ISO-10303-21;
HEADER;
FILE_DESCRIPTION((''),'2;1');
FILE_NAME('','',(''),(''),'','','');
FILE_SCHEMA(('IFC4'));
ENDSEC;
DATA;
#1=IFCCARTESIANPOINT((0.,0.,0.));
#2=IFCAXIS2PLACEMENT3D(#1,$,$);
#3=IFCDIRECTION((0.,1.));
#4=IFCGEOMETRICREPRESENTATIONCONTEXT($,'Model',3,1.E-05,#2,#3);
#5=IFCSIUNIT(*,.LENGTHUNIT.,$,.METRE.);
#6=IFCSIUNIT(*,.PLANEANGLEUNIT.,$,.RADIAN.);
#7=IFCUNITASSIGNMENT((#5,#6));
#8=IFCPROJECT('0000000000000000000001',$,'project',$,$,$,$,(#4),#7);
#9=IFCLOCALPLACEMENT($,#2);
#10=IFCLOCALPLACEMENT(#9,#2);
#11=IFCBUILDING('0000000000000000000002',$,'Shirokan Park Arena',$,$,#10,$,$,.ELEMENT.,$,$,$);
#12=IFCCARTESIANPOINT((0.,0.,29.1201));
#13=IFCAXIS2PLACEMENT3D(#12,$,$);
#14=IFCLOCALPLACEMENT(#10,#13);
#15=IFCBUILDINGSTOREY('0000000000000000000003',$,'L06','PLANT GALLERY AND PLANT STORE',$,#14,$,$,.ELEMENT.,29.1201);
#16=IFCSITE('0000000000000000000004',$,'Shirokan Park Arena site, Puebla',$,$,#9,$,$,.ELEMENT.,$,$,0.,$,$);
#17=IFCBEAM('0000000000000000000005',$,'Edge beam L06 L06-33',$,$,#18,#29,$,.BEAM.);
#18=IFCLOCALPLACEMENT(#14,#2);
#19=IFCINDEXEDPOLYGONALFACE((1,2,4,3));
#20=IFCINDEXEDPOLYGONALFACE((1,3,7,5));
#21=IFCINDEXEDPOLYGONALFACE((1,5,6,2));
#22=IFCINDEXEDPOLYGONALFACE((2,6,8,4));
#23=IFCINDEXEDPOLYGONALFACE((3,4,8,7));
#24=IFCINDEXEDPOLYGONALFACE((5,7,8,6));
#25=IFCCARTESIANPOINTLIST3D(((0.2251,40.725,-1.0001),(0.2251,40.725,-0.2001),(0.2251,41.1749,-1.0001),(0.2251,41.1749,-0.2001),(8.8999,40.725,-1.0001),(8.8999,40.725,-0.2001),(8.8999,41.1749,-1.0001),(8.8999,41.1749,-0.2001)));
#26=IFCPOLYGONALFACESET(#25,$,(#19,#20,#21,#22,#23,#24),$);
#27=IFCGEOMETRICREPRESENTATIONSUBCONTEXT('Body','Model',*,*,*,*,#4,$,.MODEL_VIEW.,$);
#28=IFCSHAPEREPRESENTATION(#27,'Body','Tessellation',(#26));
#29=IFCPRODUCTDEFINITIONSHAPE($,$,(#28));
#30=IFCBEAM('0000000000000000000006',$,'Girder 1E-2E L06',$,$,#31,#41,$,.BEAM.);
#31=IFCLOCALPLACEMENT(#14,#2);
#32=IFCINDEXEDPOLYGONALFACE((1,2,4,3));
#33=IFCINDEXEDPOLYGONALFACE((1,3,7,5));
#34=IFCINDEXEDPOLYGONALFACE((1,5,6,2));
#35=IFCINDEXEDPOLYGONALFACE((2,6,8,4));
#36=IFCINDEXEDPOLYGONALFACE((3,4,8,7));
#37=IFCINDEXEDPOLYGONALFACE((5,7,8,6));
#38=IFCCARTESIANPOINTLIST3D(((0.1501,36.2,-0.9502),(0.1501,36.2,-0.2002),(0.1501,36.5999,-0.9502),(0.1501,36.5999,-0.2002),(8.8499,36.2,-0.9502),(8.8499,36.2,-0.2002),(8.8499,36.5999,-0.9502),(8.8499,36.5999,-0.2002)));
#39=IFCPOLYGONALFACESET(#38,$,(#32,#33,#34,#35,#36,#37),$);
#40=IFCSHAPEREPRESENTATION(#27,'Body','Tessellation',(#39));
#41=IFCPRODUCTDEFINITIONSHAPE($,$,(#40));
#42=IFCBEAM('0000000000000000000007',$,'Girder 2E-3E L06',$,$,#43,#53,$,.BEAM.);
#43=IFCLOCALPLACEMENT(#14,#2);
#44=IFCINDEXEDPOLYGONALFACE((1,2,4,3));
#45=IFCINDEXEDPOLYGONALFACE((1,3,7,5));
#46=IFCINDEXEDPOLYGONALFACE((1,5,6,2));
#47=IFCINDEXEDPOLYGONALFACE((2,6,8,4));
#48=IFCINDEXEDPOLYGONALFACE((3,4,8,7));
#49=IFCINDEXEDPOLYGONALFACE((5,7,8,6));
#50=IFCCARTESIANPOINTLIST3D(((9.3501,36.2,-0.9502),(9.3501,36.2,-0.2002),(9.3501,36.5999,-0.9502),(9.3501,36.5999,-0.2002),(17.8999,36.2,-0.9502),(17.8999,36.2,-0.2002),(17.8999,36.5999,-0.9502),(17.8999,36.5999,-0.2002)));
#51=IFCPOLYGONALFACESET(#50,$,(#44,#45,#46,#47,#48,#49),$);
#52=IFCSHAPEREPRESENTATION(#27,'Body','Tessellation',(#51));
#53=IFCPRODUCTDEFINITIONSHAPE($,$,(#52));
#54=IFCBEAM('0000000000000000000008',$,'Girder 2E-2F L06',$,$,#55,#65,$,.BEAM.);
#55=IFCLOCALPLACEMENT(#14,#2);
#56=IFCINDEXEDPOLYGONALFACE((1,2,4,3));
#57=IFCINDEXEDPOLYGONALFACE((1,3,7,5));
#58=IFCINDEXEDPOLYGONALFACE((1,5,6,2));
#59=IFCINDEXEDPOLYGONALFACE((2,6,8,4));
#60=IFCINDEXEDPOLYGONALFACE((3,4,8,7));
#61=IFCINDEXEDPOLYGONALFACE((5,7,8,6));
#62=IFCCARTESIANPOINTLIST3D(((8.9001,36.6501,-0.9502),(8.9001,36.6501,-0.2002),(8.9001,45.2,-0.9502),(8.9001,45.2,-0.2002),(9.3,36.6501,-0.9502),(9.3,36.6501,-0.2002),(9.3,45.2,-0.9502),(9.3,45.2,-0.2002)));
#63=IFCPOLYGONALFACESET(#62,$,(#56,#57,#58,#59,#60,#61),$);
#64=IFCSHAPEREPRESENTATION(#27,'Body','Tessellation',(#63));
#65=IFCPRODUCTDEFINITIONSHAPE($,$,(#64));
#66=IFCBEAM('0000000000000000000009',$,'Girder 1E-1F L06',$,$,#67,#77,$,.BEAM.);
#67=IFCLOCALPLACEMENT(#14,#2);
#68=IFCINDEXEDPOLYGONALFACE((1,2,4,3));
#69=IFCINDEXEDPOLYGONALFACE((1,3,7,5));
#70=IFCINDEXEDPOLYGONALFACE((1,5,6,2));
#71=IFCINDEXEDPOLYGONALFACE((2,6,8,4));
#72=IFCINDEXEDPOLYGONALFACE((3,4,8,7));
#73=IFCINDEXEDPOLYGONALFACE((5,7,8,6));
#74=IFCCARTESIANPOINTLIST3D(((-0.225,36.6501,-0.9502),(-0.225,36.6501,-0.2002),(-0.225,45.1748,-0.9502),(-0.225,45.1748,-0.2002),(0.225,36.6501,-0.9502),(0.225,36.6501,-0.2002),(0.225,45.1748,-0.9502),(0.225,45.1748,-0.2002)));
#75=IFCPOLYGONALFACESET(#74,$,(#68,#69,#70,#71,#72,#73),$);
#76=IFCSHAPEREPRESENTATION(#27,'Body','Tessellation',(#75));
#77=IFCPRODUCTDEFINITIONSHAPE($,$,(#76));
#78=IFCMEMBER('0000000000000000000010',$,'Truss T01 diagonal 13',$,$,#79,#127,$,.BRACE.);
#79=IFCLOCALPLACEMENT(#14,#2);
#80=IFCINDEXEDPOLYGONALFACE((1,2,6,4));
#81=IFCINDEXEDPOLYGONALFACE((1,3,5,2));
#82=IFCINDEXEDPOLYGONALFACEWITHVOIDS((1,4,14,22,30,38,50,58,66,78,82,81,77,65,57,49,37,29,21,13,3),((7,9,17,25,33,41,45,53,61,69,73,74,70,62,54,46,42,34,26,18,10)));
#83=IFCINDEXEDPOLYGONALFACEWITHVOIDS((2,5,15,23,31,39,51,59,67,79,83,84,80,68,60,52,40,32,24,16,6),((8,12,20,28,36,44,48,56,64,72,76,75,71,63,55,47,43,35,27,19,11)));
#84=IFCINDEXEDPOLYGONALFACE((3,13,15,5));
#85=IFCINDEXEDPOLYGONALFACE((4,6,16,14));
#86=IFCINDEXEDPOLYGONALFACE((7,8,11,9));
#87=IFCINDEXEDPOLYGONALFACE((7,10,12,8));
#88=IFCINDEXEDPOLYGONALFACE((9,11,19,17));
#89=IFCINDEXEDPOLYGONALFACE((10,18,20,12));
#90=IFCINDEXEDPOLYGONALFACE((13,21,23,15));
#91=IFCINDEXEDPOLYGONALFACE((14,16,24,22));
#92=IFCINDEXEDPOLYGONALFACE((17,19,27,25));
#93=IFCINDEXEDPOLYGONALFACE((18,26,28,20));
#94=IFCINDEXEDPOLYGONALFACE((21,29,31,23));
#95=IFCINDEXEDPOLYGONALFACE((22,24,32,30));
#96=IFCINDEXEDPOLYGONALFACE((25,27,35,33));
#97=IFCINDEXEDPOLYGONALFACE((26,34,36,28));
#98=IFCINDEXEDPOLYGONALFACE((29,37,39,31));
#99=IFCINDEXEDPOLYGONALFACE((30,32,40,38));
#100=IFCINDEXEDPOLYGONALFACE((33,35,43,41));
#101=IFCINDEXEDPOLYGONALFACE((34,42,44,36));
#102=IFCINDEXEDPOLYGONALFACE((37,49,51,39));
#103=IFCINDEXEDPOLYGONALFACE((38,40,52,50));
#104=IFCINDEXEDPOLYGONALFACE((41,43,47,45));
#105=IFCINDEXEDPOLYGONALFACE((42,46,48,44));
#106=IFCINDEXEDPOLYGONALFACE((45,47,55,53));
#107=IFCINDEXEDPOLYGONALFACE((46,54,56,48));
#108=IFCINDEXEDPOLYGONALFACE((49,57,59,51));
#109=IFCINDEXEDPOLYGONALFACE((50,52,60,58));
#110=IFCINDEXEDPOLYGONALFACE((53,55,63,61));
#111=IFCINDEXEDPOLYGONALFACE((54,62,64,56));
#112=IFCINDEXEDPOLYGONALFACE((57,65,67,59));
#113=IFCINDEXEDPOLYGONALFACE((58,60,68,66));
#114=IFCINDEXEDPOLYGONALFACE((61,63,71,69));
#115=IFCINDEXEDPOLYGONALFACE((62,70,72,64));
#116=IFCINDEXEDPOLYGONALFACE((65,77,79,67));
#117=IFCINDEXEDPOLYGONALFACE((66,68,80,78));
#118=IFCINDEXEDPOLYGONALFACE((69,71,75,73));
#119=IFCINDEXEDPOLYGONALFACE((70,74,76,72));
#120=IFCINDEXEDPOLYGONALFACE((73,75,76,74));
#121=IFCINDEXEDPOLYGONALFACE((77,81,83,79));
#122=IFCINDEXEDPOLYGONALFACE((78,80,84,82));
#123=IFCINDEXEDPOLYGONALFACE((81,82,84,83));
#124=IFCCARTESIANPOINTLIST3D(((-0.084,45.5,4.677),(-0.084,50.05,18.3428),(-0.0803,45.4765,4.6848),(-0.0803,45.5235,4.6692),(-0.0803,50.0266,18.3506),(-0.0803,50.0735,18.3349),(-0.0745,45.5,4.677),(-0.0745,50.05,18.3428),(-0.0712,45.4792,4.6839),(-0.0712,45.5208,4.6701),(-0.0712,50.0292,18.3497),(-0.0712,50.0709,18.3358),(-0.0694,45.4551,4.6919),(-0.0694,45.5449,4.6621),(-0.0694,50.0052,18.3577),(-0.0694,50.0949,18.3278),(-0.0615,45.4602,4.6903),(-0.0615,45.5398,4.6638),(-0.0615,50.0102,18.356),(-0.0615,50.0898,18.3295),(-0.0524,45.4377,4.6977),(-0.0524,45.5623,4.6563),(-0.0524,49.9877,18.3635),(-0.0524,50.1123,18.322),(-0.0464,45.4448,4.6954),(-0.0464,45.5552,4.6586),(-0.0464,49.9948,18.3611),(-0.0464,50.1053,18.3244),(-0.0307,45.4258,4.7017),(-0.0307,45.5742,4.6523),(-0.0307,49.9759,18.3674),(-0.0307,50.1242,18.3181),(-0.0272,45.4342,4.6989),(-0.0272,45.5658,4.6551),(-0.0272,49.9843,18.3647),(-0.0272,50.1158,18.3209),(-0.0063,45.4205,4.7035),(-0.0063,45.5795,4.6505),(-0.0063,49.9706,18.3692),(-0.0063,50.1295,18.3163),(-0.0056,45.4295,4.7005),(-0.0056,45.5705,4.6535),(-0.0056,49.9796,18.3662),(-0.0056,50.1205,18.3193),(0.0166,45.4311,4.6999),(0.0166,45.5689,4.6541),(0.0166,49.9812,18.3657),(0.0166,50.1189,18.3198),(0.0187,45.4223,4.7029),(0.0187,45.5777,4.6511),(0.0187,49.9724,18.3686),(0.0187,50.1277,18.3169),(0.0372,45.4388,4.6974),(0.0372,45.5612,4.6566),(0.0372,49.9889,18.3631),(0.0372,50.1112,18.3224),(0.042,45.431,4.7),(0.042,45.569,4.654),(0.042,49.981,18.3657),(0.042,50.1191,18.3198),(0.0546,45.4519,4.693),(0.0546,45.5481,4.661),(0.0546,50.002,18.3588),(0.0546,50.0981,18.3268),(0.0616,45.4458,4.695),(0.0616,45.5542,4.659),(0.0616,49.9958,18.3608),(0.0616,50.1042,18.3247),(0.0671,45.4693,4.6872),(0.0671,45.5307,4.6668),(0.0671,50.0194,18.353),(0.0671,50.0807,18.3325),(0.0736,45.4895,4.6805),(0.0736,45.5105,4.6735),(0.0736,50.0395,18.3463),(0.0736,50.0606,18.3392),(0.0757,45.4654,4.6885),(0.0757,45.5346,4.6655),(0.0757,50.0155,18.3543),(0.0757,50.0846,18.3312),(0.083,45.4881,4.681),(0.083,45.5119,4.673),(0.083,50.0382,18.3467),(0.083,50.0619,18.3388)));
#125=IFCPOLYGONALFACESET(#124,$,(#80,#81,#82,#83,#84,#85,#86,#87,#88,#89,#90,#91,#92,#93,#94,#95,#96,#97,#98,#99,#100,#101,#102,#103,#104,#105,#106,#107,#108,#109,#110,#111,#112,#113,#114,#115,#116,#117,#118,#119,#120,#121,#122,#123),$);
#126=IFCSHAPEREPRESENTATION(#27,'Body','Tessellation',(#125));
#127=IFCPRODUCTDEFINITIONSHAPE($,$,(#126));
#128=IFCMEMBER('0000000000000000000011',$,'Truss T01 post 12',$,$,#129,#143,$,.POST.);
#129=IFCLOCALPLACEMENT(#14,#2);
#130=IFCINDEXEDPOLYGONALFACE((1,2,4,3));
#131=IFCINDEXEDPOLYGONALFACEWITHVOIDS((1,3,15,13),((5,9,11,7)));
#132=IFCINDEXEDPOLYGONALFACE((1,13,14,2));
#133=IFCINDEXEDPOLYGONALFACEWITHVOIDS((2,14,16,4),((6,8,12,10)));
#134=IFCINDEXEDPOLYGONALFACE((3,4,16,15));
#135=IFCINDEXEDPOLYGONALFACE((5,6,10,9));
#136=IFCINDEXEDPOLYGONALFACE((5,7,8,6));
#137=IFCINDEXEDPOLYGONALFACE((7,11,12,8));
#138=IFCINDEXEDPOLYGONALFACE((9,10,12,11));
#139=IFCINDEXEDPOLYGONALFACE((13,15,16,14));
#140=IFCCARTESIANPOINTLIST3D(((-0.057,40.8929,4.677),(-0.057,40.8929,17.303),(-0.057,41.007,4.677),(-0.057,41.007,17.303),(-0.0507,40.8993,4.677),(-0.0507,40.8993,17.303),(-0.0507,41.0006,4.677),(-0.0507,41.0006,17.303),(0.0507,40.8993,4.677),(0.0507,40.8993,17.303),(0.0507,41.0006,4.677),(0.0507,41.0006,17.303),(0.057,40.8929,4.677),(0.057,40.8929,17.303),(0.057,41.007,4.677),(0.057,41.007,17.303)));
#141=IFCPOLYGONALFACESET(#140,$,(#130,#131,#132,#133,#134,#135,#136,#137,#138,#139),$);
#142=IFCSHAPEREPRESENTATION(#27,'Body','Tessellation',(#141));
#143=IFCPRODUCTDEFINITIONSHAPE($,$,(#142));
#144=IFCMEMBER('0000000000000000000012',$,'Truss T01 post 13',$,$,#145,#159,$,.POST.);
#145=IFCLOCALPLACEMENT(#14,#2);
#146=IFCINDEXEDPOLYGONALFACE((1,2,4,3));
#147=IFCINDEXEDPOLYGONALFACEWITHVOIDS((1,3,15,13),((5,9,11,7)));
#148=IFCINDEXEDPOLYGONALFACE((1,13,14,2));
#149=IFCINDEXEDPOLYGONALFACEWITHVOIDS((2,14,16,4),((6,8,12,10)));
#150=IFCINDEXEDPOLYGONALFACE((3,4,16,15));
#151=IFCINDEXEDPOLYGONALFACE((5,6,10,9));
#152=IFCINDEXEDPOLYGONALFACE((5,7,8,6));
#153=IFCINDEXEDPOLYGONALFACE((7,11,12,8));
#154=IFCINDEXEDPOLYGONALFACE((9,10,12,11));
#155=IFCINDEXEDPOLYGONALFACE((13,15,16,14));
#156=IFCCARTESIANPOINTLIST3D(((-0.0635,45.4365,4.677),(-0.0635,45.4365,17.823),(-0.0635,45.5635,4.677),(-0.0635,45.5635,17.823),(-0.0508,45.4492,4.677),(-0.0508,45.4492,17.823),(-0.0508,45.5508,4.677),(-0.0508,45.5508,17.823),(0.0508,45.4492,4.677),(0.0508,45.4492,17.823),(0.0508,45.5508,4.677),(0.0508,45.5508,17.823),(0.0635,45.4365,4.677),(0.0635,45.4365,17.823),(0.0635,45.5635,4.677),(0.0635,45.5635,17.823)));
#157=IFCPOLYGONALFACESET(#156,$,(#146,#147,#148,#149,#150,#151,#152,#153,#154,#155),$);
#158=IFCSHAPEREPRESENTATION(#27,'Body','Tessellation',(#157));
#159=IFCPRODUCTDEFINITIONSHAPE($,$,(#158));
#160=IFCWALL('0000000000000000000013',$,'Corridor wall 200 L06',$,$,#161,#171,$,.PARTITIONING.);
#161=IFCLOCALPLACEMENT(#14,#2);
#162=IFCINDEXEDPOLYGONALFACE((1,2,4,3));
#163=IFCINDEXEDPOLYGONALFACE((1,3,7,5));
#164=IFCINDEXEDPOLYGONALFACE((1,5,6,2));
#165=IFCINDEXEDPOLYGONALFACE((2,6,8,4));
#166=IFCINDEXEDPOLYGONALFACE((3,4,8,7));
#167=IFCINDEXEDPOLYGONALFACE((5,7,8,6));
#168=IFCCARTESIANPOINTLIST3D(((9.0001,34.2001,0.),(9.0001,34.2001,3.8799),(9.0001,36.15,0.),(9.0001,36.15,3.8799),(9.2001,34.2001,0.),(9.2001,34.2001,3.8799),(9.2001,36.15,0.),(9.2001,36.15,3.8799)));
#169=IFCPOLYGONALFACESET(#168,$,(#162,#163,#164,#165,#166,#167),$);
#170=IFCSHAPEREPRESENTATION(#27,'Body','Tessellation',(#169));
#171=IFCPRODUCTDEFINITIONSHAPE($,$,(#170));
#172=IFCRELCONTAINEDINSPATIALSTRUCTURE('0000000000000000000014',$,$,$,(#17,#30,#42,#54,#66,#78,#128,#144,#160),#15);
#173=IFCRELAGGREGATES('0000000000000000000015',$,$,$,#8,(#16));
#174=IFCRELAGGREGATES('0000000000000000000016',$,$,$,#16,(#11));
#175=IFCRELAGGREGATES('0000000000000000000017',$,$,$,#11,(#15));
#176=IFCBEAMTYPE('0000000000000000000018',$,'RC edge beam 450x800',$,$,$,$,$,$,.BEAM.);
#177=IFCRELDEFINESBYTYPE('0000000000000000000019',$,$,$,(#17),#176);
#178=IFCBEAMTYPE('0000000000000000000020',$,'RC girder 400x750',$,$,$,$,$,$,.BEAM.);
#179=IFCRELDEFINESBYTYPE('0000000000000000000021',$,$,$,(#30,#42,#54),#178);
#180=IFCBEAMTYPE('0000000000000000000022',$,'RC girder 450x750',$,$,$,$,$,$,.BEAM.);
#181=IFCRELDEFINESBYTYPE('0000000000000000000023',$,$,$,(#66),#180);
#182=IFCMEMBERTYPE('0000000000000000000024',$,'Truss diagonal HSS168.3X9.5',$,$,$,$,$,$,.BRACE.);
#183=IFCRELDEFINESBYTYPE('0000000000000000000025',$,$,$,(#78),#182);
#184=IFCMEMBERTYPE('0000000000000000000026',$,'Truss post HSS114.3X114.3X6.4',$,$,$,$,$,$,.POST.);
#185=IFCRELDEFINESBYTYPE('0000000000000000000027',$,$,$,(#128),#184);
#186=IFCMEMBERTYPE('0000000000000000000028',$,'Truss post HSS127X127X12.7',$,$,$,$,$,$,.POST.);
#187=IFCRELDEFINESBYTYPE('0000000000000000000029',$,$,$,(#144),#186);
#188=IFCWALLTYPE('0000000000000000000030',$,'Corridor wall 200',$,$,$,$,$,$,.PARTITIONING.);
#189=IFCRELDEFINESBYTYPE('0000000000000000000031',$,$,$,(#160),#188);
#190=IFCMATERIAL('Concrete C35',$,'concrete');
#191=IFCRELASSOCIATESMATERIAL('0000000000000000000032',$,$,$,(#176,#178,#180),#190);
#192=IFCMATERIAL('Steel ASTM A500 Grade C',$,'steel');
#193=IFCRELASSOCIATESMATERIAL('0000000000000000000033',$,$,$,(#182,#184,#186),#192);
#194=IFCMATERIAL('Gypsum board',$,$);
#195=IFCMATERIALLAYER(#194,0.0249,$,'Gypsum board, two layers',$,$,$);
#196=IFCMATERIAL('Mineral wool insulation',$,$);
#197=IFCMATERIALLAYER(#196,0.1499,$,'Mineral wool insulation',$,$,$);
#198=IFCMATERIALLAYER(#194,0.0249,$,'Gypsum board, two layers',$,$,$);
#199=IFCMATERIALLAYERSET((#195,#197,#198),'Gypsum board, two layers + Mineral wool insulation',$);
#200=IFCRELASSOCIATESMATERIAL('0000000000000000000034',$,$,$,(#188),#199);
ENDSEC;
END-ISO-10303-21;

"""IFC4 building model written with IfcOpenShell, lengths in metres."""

from ifc_helpers import new_model, si_unit, direction, frame, frame_2d, origin, origin_2d, place, context, subcontext, project, spatial, rectangle, hollow_rectangle, hollow_circle, extrude, material, layer, layer_set, material_profile, profile_set, type_object, element, save


model = new_model("IFC4")

# Units and contexts
model_context = context("Model", 3, precision=1e-05, world=origin(), true_north=direction((0.0, 1.0)))
body_context = subcontext(model_context, "Body", "Model", "MODEL_VIEW")
ifc_project = project(units=[si_unit("LENGTHUNIT", "METRE"), si_unit("PLANEANGLEUNIT", "RADIAN")], contexts=[model_context])

# Site, building, storey
site_placement = place(None, origin())
site = spatial("IfcSite", under=ifc_project, at=site_placement, Name="Shirokan Park Arena site, Puebla", CompositionType="ELEMENT", RefElevation=0.0)
building_placement = place(site_placement, origin())
building = spatial("IfcBuilding", under=site, at=building_placement, Name="Shirokan Park Arena", CompositionType="ELEMENT")
storey_placement = place(building_placement, frame((0.0, 0.0, 29.1201)))
storey = spatial("IfcBuildingStorey", under=building, at=storey_placement, Name="L06", Description="PLANT GALLERY AND PLANT STORE", CompositionType="ELEMENT", Elevation=29.1201)

# Shared definitions
ifc_material_1 = material(Name="Concrete C35", Category="concrete")

# Shared definitions
ifc_material_2 = material(Name="Steel ASTM A500 Grade C", Category="steel")

# Beams
ifc_material_profile_1 = material_profile(ifc_material_1, rectangle(XDim=0.45, YDim=0.8, at=origin_2d()), Name="450x800")
ifc_profile_set_1 = profile_set([ifc_material_profile_1], Name="Concrete C35")
beam_type_1 = type_object("IfcBeamType", Name="RC edge beam 450x800", PredefinedType="BEAM", material=ifc_profile_set_1)
beam_1_placement = place(storey_placement, frame((0.2251, 40.95, -0.6001), z_axis=(1.0, 0.0, 0.0), x_axis=(0.0, 1.0, 0.0)))
element("IfcBeam", 1, at=beam_1_placement, inside=storey, type_object=beam_type_1, Name="Edge beam L06 L06-33", PredefinedType="BEAM", context=body_context, shape_type="SweptSolid", body=[
    extrude(rectangle(XDim=0.45, YDim=0.8, at=origin_2d()), origin(), (0.0, 0.0, 1.0), 8.6748),
])
ifc_material_profile_2 = material_profile(ifc_material_1, rectangle(XDim=0.3999, YDim=0.75, at=origin_2d()), Name="400x750")
ifc_profile_set_2 = profile_set([ifc_material_profile_2], Name="Concrete C35")
beam_type_2 = type_object("IfcBeamType", Name="RC girder 400x750", PredefinedType="BEAM", material=ifc_profile_set_2)
beam_2_placement = place(storey_placement, frame((0.1501, 36.3999, -0.5752), z_axis=(1.0, 0.0, 0.0), x_axis=(0.0, 1.0, 0.0)))
element("IfcBeam", 2, at=beam_2_placement, inside=storey, type_object=beam_type_2, Name="Girder 1E-2E L06", PredefinedType="BEAM", context=body_context, shape_type="SweptSolid", body=[
    extrude(rectangle(XDim=0.3999, YDim=0.75, at=origin_2d()), origin(), (0.0, 0.0, 1.0), 8.6997),
])
for number, where, z_axis, x_axis, name in (
    (3, (9.3501, 36.3999, -0.5752), (1.0, 0.0, 0.0), (0.0, 1.0, 0.0), "Girder 2E-3E L06"),
    (4, (9.1001, 36.6501, -0.5752), (0.0, 1.0, 0.0), (-1.0, 0.0, 0.0), "Girder 2E-2F L06"),
):
    element("IfcBeam", number, at=place(storey_placement, frame(where, z_axis=z_axis, x_axis=x_axis)), inside=storey, type_object=beam_type_2, Name=name, PredefinedType="BEAM", context=body_context, shape_type="SweptSolid", body=[
        extrude(rectangle(XDim=0.3999, YDim=0.75, at=origin_2d()), origin(), (0.0, 0.0, 1.0), 8.5498),
    ])
ifc_material_profile_3 = material_profile(ifc_material_1, rectangle(XDim=0.45, YDim=0.75, at=origin_2d()), Name="450x750")
ifc_profile_set_3 = profile_set([ifc_material_profile_3], Name="Concrete C35")
beam_type_3 = type_object("IfcBeamType", Name="RC girder 450x750", PredefinedType="BEAM", material=ifc_profile_set_3)
beam_3_placement = place(storey_placement, frame((0.0, 36.6501, -0.5752), z_axis=(0.0, 1.0, 0.0), x_axis=(-1.0, 0.0, 0.0)))
element("IfcBeam", 5, at=beam_3_placement, inside=storey, type_object=beam_type_3, Name="Girder 1E-1F L06", PredefinedType="BEAM", context=body_context, shape_type="SweptSolid", body=[
    extrude(rectangle(XDim=0.45, YDim=0.75, at=origin_2d()), origin(), (0.0, 0.0, 1.0), 8.5247),
])

# Members
ifc_material_profile_4 = material_profile(ifc_material_2, hollow_circle(Radius=0.084, WallThickness=0.0095, at=origin_2d()), Name="HSS168.3X9.5")
ifc_profile_set_4 = profile_set([ifc_material_profile_4], Name="Steel ASTM A500 Grade C")
member_type_1 = type_object("IfcMemberType", Name="Truss diagonal HSS168.3X9.5", PredefinedType="BRACE", material=ifc_profile_set_4)
member_1_placement = place(storey_placement, frame((0.0, 45.5, 4.677), z_axis=(0.0, 0.315902, 0.948792), x_axis=(-1.0, 0.0, 0.0)))
element("IfcMember", 6, at=member_1_placement, inside=storey, type_object=member_type_1, Name="Truss T01 diagonal 13", PredefinedType="BRACE", context=body_context, shape_type="SweptSolid", body=[
    extrude(hollow_circle(Radius=0.084, WallThickness=0.0095, at=origin_2d()), origin(), (0.0, 0.0, 1.0), 14.4033),
])
ifc_material_profile_5 = material_profile(ifc_material_2, hollow_rectangle(XDim=0.114, YDim=0.114, WallThickness=0.0063, at=origin_2d()), Name="HSS114.3X114.3X6.4")
ifc_profile_set_5 = profile_set([ifc_material_profile_5], Name="Steel ASTM A500 Grade C")
member_type_2 = type_object("IfcMemberType", Name="Truss post HSS114.3X114.3X6.4", PredefinedType="POST", material=ifc_profile_set_5)
member_2_placement = place(storey_placement, frame((0.0, 40.95, 4.677), z_axis=(0.0, 0.0, 1.0), x_axis=(1.0, 0.0, 0.0)))
element("IfcMember", 7, at=member_2_placement, inside=storey, type_object=member_type_2, Name="Truss T01 post 12", PredefinedType="POST", context=body_context, shape_type="SweptSolid", body=[
    extrude(hollow_rectangle(XDim=0.114, YDim=0.114, WallThickness=0.0063, at=origin_2d()), origin(), (0.0, 0.0, 1.0), 12.626),
])
ifc_material_profile_6 = material_profile(ifc_material_2, hollow_rectangle(XDim=0.127, YDim=0.127, WallThickness=0.0127, at=origin_2d()), Name="HSS127X127X12.7")
ifc_profile_set_6 = profile_set([ifc_material_profile_6], Name="Steel ASTM A500 Grade C")
member_type_3 = type_object("IfcMemberType", Name="Truss post HSS127X127X12.7", PredefinedType="POST", material=ifc_profile_set_6)
member_3_placement = place(storey_placement, frame((0.0, 45.5, 4.677), z_axis=(0.0, 0.0, 1.0), x_axis=(1.0, 0.0, 0.0)))
element("IfcMember", 8, at=member_3_placement, inside=storey, type_object=member_type_3, Name="Truss T01 post 13", PredefinedType="POST", context=body_context, shape_type="SweptSolid", body=[
    extrude(hollow_rectangle(XDim=0.127, YDim=0.127, WallThickness=0.0127, at=origin_2d()), origin(), (0.0, 0.0, 1.0), 13.146),
])

# Shared definitions
ifc_material_3 = material(Name="Gypsum board")
ifc_layer_1 = layer(ifc_material_3, 0.0249, Name="Gypsum board, two layers")
ifc_material_4 = material(Name="Mineral wool insulation")
ifc_layer_2 = layer(ifc_material_4, 0.1499, Name="Mineral wool insulation")
ifc_layer_3 = layer(ifc_material_3, 0.0249, Name="Gypsum board, two layers")
ifc_layer_set_1 = layer_set([ifc_layer_1, ifc_layer_2, ifc_layer_3], Name="Gypsum board, two layers + Mineral wool insulation")
wall_type_1 = type_object("IfcWallType", Name="Corridor wall 200", PredefinedType="PARTITIONING", material=ifc_layer_set_1)

# Wall
wall_1_placement = place(storey_placement, frame((9.1001, 34.2, 0.0), z_axis=(0.0, 0.0, 1.0), x_axis=(0.0, 1.0, 0.0)))
element("IfcWall", 9, at=wall_1_placement, inside=storey, type_object=wall_type_1, Name="Corridor wall 200 L06", PredefinedType="PARTITIONING", context=body_context, shape_type="SweptSolid", body=[
    extrude(rectangle(XDim=1.95, YDim=0.2, at=frame_2d((0.9751, 0.0))), origin(), (0.0, 0.0, 1.0), 3.8799),
])

save(model, "model.ifc")
